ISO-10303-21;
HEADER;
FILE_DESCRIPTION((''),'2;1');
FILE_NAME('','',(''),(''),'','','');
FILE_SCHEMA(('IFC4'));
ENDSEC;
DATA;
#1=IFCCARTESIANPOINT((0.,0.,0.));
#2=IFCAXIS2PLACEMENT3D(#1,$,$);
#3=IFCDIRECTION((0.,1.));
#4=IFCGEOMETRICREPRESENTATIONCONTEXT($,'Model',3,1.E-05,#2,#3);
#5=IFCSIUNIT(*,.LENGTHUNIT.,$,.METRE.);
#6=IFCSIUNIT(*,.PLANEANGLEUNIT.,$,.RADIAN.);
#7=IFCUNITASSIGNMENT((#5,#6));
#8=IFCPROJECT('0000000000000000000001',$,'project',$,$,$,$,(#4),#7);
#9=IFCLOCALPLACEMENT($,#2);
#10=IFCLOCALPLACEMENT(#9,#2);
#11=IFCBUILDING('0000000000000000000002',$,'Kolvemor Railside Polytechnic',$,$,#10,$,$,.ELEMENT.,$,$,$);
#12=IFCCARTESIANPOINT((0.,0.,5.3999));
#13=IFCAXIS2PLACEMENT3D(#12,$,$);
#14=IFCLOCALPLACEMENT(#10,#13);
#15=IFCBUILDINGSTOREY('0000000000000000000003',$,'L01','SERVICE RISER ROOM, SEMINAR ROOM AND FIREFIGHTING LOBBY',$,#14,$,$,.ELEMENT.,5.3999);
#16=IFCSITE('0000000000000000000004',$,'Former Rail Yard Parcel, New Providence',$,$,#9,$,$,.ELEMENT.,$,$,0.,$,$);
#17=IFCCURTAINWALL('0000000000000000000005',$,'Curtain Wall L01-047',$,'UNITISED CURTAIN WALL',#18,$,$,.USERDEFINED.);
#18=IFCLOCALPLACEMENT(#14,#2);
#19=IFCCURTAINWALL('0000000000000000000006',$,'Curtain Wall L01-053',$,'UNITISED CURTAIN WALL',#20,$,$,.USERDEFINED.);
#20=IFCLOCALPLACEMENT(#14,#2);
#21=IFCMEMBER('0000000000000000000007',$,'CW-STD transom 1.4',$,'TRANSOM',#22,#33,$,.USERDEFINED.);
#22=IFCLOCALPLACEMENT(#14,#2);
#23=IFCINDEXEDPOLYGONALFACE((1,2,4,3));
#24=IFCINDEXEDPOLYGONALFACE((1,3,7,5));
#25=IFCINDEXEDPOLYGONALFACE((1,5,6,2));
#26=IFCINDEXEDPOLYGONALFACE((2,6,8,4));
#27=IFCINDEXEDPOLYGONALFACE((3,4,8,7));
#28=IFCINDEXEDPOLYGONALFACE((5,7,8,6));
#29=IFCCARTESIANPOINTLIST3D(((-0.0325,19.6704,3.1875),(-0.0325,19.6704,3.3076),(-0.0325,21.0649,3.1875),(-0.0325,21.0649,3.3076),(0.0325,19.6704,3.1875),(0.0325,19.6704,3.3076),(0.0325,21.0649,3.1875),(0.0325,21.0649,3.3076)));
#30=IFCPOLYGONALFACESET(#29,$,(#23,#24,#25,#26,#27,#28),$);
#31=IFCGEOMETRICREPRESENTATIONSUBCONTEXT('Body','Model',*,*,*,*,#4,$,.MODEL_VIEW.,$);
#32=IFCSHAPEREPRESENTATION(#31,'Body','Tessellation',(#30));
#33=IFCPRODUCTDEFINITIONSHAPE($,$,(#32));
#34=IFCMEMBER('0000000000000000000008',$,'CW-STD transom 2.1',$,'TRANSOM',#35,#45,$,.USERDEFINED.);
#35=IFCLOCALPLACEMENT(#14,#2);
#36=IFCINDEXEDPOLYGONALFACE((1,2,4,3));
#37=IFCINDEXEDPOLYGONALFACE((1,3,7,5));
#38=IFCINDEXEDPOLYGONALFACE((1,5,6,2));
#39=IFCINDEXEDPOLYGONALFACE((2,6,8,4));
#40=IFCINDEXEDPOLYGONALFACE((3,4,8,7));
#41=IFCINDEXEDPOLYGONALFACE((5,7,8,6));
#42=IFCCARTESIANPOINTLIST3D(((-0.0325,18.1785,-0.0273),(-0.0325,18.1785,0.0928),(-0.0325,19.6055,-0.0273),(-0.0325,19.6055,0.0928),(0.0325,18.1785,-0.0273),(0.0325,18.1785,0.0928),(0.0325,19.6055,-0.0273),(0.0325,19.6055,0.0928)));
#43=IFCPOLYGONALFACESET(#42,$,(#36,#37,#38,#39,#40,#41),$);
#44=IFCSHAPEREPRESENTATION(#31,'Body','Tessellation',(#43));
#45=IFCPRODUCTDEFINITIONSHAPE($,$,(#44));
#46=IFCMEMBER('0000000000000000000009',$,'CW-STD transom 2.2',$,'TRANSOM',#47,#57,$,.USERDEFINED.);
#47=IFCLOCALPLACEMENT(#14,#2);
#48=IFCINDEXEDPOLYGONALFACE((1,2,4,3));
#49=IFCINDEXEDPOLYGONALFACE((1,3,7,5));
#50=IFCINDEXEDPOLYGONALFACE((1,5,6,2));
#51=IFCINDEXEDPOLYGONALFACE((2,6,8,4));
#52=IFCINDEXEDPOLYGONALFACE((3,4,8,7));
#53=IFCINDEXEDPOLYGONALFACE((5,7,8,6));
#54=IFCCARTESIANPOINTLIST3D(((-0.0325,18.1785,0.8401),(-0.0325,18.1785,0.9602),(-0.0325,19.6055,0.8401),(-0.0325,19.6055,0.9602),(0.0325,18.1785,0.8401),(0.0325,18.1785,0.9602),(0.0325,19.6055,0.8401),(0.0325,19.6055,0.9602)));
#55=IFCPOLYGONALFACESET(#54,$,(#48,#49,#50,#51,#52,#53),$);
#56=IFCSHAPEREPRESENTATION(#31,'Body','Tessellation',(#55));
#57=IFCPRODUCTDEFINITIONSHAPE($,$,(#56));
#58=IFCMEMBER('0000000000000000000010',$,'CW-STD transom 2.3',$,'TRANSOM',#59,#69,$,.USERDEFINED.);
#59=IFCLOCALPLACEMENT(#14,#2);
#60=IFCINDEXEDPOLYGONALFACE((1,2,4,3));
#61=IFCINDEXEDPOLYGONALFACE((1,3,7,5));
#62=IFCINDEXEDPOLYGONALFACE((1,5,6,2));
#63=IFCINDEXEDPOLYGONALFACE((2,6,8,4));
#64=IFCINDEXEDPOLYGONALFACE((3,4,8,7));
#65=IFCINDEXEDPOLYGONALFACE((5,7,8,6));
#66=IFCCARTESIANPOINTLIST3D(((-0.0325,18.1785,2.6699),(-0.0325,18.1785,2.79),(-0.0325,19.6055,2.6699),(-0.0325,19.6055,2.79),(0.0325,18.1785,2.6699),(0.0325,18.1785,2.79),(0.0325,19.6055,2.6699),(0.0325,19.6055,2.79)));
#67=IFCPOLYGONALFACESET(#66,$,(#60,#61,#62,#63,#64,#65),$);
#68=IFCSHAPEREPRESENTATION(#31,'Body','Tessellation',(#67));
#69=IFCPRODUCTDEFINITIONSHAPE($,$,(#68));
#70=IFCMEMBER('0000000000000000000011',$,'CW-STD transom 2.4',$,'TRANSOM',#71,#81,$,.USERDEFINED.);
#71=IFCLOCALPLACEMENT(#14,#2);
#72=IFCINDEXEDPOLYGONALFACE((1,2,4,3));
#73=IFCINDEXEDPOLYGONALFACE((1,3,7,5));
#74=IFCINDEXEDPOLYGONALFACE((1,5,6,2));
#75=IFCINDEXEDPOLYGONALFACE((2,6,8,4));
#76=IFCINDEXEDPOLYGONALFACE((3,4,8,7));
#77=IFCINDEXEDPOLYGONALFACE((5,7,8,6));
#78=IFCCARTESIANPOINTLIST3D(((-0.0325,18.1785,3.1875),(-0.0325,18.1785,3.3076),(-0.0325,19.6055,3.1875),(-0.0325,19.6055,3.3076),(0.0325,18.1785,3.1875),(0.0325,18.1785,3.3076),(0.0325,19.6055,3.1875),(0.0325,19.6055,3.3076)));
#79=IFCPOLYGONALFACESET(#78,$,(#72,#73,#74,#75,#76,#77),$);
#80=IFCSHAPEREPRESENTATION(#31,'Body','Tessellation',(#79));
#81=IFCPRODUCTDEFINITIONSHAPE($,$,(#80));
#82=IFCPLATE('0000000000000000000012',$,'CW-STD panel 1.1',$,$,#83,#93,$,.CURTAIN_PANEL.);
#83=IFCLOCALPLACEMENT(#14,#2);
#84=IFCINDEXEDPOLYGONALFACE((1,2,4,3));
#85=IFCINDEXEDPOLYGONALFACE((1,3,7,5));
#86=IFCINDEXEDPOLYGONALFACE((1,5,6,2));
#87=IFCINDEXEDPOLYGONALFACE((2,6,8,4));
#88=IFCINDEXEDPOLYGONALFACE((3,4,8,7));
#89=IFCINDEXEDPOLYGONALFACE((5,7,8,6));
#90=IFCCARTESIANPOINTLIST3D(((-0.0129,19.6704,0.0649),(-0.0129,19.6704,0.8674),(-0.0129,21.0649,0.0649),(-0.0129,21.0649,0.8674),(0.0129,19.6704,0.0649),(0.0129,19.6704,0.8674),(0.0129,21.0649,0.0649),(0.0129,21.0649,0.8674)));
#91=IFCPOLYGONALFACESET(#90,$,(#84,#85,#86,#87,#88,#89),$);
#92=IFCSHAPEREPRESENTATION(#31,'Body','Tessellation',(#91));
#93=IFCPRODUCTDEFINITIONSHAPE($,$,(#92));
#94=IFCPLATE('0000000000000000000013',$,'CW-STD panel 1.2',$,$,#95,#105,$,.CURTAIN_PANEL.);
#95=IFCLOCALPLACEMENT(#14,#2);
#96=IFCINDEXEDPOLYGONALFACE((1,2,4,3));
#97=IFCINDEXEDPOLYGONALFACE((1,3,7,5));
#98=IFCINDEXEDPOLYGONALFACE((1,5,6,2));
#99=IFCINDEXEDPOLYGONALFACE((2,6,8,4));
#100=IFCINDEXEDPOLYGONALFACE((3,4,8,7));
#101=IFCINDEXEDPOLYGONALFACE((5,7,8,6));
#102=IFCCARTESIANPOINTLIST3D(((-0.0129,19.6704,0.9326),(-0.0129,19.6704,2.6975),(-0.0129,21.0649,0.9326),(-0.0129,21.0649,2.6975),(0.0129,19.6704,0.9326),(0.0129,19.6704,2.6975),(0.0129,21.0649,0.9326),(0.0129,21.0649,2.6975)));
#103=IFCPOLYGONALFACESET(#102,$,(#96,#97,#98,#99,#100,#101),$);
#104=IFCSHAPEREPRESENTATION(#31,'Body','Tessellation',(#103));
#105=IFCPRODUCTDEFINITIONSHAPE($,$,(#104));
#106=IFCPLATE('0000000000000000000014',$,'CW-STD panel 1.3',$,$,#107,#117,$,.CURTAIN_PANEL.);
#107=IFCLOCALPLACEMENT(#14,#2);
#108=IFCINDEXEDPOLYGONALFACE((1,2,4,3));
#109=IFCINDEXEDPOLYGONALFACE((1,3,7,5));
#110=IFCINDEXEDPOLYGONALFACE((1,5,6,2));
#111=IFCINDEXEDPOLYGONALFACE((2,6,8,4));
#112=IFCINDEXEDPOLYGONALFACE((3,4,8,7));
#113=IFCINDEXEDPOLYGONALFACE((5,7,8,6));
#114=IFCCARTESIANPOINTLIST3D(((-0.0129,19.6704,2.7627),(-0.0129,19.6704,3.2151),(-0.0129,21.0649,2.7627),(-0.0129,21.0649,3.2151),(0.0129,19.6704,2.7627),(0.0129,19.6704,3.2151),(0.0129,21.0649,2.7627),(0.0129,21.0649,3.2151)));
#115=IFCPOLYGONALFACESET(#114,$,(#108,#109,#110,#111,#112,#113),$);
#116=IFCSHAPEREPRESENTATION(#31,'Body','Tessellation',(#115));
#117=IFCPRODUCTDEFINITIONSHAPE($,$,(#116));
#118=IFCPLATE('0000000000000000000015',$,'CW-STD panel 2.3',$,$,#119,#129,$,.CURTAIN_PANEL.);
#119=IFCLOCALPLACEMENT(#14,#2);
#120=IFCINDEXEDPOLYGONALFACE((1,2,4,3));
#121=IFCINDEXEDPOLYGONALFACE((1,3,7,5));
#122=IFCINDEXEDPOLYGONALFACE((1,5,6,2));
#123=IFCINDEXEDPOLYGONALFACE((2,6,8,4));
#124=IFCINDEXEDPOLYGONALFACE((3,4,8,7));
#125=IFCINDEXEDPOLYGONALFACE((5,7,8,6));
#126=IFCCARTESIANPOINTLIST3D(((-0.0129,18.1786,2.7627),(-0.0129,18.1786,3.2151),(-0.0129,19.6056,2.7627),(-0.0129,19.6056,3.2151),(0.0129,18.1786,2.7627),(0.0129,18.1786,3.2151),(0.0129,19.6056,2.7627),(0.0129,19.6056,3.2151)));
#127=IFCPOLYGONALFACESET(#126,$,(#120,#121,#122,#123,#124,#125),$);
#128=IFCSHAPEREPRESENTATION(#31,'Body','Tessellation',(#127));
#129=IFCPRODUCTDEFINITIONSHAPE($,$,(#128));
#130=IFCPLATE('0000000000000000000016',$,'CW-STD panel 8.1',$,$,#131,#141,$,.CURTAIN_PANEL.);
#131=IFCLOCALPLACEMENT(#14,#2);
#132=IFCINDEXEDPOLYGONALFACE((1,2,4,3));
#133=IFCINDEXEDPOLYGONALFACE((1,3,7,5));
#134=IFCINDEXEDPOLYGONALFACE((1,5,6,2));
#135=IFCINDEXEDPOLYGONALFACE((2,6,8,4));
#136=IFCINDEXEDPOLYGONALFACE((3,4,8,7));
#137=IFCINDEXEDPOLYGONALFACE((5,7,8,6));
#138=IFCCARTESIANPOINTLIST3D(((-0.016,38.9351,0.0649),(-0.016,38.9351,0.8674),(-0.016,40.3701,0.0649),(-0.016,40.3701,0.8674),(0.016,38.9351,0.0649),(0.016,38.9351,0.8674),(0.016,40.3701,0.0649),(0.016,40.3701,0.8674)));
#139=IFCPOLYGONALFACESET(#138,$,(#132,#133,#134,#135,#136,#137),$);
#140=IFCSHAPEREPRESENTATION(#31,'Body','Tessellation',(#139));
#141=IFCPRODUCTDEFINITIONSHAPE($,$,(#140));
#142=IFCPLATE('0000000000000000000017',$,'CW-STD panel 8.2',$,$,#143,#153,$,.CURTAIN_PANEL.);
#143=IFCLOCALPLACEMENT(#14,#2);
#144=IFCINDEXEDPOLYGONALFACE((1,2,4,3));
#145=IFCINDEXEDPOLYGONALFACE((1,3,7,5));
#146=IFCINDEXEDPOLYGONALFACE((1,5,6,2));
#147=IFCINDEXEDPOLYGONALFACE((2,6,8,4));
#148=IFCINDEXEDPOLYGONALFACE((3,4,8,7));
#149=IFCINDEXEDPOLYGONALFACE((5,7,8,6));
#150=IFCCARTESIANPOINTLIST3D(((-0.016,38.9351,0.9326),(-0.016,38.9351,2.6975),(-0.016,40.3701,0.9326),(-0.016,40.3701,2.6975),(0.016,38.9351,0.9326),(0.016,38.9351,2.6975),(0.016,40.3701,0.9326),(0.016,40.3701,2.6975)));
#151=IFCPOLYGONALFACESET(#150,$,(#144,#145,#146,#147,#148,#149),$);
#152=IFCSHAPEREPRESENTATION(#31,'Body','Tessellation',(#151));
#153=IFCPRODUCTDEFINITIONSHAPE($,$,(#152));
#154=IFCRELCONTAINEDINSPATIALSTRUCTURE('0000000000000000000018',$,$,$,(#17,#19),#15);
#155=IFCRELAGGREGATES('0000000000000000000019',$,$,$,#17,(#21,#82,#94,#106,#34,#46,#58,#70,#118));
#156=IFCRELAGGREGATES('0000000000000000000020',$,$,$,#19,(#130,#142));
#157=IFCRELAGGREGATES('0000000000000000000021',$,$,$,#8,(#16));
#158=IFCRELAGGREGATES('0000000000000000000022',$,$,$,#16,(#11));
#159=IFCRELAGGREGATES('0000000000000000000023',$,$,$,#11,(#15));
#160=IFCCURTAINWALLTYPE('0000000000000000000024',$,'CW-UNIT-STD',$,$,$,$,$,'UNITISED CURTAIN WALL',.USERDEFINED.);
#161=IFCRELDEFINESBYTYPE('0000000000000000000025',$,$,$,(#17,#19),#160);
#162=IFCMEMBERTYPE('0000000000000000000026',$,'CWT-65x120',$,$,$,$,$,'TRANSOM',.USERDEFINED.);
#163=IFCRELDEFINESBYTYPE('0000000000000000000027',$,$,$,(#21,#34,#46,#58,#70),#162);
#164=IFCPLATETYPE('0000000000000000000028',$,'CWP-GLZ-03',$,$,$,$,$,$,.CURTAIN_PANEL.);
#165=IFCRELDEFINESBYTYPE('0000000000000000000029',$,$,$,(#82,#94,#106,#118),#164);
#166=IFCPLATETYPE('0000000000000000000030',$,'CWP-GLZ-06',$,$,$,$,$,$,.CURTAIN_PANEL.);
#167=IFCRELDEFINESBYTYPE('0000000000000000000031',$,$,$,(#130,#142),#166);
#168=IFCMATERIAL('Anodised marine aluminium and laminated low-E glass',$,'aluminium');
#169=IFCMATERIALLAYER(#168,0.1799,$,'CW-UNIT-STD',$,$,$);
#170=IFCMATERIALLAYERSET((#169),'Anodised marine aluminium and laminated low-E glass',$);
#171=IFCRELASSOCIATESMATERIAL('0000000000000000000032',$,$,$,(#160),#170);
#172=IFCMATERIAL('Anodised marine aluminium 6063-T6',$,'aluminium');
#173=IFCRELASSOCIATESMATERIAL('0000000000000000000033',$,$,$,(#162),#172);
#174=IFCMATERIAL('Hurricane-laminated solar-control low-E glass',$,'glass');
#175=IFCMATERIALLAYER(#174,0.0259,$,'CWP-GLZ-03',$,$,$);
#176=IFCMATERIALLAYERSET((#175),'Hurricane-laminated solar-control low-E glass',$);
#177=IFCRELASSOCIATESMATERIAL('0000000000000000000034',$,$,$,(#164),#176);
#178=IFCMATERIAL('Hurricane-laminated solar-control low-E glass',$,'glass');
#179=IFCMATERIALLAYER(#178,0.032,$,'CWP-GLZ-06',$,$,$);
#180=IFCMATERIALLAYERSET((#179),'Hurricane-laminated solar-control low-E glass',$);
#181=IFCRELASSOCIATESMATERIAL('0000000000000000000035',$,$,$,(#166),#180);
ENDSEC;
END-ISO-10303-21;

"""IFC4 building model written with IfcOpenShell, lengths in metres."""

from ifc_helpers import new_model, si_unit, direction, frame, origin, origin_2d, place, context, subcontext, project, spatial, rectangle, extrude, material, layer, layer_set, material_profile, profile_set, type_object, element, aggregate, save


model = new_model("IFC4")

# Units and contexts
model_context = context("Model", 3, precision=1e-05, world=origin(), true_north=direction((0.0, 1.0)))
body_context = subcontext(model_context, "Body", "Model", "MODEL_VIEW")
ifc_project = project(units=[si_unit("LENGTHUNIT", "METRE"), si_unit("PLANEANGLEUNIT", "RADIAN")], contexts=[model_context])

# Site, building, storey
site_placement = place(None, origin())
site = spatial("IfcSite", under=ifc_project, at=site_placement, Name="Former Rail Yard Parcel, New Providence", CompositionType="ELEMENT", RefElevation=0.0)
building_placement = place(site_placement, origin())
building = spatial("IfcBuilding", under=site, at=building_placement, Name="Kolvemor Railside Polytechnic", CompositionType="ELEMENT")
storey_placement = place(building_placement, frame((0.0, 0.0, 5.3999)))
storey = spatial("IfcBuildingStorey", under=building, at=storey_placement, Name="L01", Description="SERVICE RISER ROOM, SEMINAR ROOM AND FIREFIGHTING LOBBY", CompositionType="ELEMENT", Elevation=5.3999)

# Curtain wall
ifc_material_1 = material(Name="Anodised marine aluminium and laminated low-E glass", Category="aluminium")
ifc_layer_1 = layer(ifc_material_1, 0.1799, Name="CW-UNIT-STD")
ifc_layer_set_1 = layer_set([ifc_layer_1], Name="Anodised marine aluminium and laminated low-E glass")
curtain_wall_type = type_object("IfcCurtainWallType", Name="CW-UNIT-STD", ElementType="UNITISED CURTAIN WALL", PredefinedType="USERDEFINED", material=ifc_layer_set_1)
curtain_wall_1_placement = place(storey_placement, origin())
curtain_wall_1 = element("IfcCurtainWall", 1, at=curtain_wall_1_placement, inside=storey, type_object=curtain_wall_type, Name="Curtain Wall L01-047", ObjectType="UNITISED CURTAIN WALL", PredefinedType="USERDEFINED")

# Curtain wall
curtain_wall_2_placement = place(storey_placement, origin())
curtain_wall_2 = element("IfcCurtainWall", 2, at=curtain_wall_2_placement, inside=storey, type_object=curtain_wall_type, Name="Curtain Wall L01-053", ObjectType="UNITISED CURTAIN WALL", PredefinedType="USERDEFINED")

# Members
ifc_material_2 = material(Name="Anodised marine aluminium 6063-T6", Category="aluminium")
ifc_material_profile_1 = material_profile(ifc_material_2, rectangle(XDim=0.0649, YDim=0.1201, at=origin_2d()), Name="CW-TRN-65x120")
ifc_profile_set_1 = profile_set([ifc_material_profile_1], Name="Anodised marine aluminium 6063-T6")
member_type_1 = type_object("IfcMemberType", Name="CWT-65x120", ElementType="TRANSOM", PredefinedType="USERDEFINED", material=ifc_profile_set_1)
member_1_placement = place(storey_placement, frame((0.0, 21.0649, 3.2476), z_axis=(0.0, -1.0, 0.0), x_axis=(1.0, 0.0, 0.0)))
member_1 = element("IfcMember", 3, at=member_1_placement, type_object=member_type_1, Name="CW-STD transom 1.4", ObjectType="TRANSOM", PredefinedType="USERDEFINED", context=body_context, shape_type="SweptSolid", body=[
    extrude(rectangle(XDim=0.0649, YDim=0.1201, at=origin_2d()), origin(), (0.0, 0.0, 1.0), 1.3945),
])
member_2_placement = place(storey_placement, frame((0.0, 19.6055, 0.0327), z_axis=(0.0, -1.0, 0.0), x_axis=(1.0, 0.0, 0.0)))
member_2 = element("IfcMember", 4, at=member_2_placement, type_object=member_type_1, Name="CW-STD transom 2.1", ObjectType="TRANSOM", PredefinedType="USERDEFINED", context=body_context, shape_type="SweptSolid", body=[
    extrude(rectangle(XDim=0.0649, YDim=0.1201, at=origin_2d()), origin(), (0.0, 0.0, 1.0), 1.427),
])
member_3_placement = place(storey_placement, frame((0.0, 19.6055, 0.9001), z_axis=(0.0, -1.0, 0.0), x_axis=(1.0, 0.0, 0.0)))
member_3 = element("IfcMember", 5, at=member_3_placement, type_object=member_type_1, Name="CW-STD transom 2.2", ObjectType="TRANSOM", PredefinedType="USERDEFINED", context=body_context, shape_type="SweptSolid", body=[
    extrude(rectangle(XDim=0.0649, YDim=0.1201, at=origin_2d()), origin(), (0.0, 0.0, 1.0), 1.427),
])
member_4_placement = place(storey_placement, frame((0.0, 19.6055, 2.73), z_axis=(0.0, -1.0, 0.0), x_axis=(1.0, 0.0, 0.0)))
member_4 = element("IfcMember", 6, at=member_4_placement, type_object=member_type_1, Name="CW-STD transom 2.3", ObjectType="TRANSOM", PredefinedType="USERDEFINED", context=body_context, shape_type="SweptSolid", body=[
    extrude(rectangle(XDim=0.0649, YDim=0.1201, at=origin_2d()), origin(), (0.0, 0.0, 1.0), 1.427),
])
member_5_placement = place(storey_placement, frame((0.0, 19.6055, 3.2476), z_axis=(0.0, -1.0, 0.0), x_axis=(1.0, 0.0, 0.0)))
member_5 = element("IfcMember", 7, at=member_5_placement, type_object=member_type_1, Name="CW-STD transom 2.4", ObjectType="TRANSOM", PredefinedType="USERDEFINED", context=body_context, shape_type="SweptSolid", body=[
    extrude(rectangle(XDim=0.0649, YDim=0.1201, at=origin_2d()), origin(), (0.0, 0.0, 1.0), 1.427),
])

# Plates
ifc_material_3 = material(Name="Hurricane-laminated solar-control low-E glass", Category="glass")
ifc_layer_2 = layer(ifc_material_3, 0.0259, Name="CWP-GLZ-03")
ifc_layer_set_2 = layer_set([ifc_layer_2], Name="Hurricane-laminated solar-control low-E glass")
plate_type_1 = type_object("IfcPlateType", Name="CWP-GLZ-03", PredefinedType="CURTAIN_PANEL", material=ifc_layer_set_2)
plate_1_placement = place(storey_placement, frame((0.0, 20.3677, 0.0649), z_axis=(0.0, 0.0, 1.0), x_axis=(0.0, -1.0, 0.0)))
plate_1 = element("IfcPlate", 8, at=plate_1_placement, type_object=plate_type_1, Name="CW-STD panel 1.1", PredefinedType="CURTAIN_PANEL", context=body_context, shape_type="SweptSolid", body=[
    extrude(rectangle(XDim=1.3945, YDim=0.0259, at=origin_2d()), origin(), (0.0, 0.0, 1.0), 0.8025),
])
plate_2_placement = place(storey_placement, frame((0.0, 20.3677, 0.9326), z_axis=(0.0, 0.0, 1.0), x_axis=(0.0, -1.0, 0.0)))
plate_2 = element("IfcPlate", 9, at=plate_2_placement, type_object=plate_type_1, Name="CW-STD panel 1.2", PredefinedType="CURTAIN_PANEL", context=body_context, shape_type="SweptSolid", body=[
    extrude(rectangle(XDim=1.3945, YDim=0.0259, at=origin_2d()), origin(), (0.0, 0.0, 1.0), 1.7649),
])
plate_3_placement = place(storey_placement, frame((0.0, 20.3677, 2.7627), z_axis=(0.0, 0.0, 1.0), x_axis=(0.0, -1.0, 0.0)))
plate_3 = element("IfcPlate", 10, at=plate_3_placement, type_object=plate_type_1, Name="CW-STD panel 1.3", PredefinedType="CURTAIN_PANEL", context=body_context, shape_type="SweptSolid", body=[
    extrude(rectangle(XDim=1.3945, YDim=0.0259, at=origin_2d()), origin(), (0.0, 0.0, 1.0), 0.4524),
])
plate_4_placement = place(storey_placement, frame((0.0, 18.8921, 2.7627), z_axis=(0.0, 0.0, 1.0), x_axis=(0.0, -1.0, 0.0)))
plate_4 = element("IfcPlate", 11, at=plate_4_placement, type_object=plate_type_1, Name="CW-STD panel 2.3", PredefinedType="CURTAIN_PANEL", context=body_context, shape_type="SweptSolid", body=[
    extrude(rectangle(XDim=1.427, YDim=0.0259, at=origin_2d()), origin(), (0.0, 0.0, 1.0), 0.4524),
])
aggregate(curtain_wall_1, [member_1, plate_1, plate_2, plate_3, member_2, member_3, member_4, member_5, plate_4])
ifc_material_4 = material(Name="Hurricane-laminated solar-control low-E glass", Category="glass")
ifc_layer_3 = layer(ifc_material_4, 0.032, Name="CWP-GLZ-06")
ifc_layer_set_3 = layer_set([ifc_layer_3], Name="Hurricane-laminated solar-control low-E glass")
plate_type_2 = type_object("IfcPlateType", Name="CWP-GLZ-06", PredefinedType="CURTAIN_PANEL", material=ifc_layer_set_3)
plate_5_placement = place(storey_placement, frame((0.0, 39.6526, 0.0649), z_axis=(0.0, 0.0, 1.0), x_axis=(0.0, -1.0, 0.0)))
plate_5 = element("IfcPlate", 12, at=plate_5_placement, type_object=plate_type_2, Name="CW-STD panel 8.1", PredefinedType="CURTAIN_PANEL", context=body_context, shape_type="SweptSolid", body=[
    extrude(rectangle(XDim=1.4351, YDim=0.032, at=origin_2d()), origin(), (0.0, 0.0, 1.0), 0.8025),
])
plate_6_placement = place(storey_placement, frame((0.0, 39.6526, 0.9326), z_axis=(0.0, 0.0, 1.0), x_axis=(0.0, -1.0, 0.0)))
plate_6 = element("IfcPlate", 13, at=plate_6_placement, type_object=plate_type_2, Name="CW-STD panel 8.2", PredefinedType="CURTAIN_PANEL", context=body_context, shape_type="SweptSolid", body=[
    extrude(rectangle(XDim=1.4351, YDim=0.032, at=origin_2d()), origin(), (0.0, 0.0, 1.0), 1.7649),
])
aggregate(curtain_wall_2, [plate_5, plate_6])

save(model, "model.ifc")
